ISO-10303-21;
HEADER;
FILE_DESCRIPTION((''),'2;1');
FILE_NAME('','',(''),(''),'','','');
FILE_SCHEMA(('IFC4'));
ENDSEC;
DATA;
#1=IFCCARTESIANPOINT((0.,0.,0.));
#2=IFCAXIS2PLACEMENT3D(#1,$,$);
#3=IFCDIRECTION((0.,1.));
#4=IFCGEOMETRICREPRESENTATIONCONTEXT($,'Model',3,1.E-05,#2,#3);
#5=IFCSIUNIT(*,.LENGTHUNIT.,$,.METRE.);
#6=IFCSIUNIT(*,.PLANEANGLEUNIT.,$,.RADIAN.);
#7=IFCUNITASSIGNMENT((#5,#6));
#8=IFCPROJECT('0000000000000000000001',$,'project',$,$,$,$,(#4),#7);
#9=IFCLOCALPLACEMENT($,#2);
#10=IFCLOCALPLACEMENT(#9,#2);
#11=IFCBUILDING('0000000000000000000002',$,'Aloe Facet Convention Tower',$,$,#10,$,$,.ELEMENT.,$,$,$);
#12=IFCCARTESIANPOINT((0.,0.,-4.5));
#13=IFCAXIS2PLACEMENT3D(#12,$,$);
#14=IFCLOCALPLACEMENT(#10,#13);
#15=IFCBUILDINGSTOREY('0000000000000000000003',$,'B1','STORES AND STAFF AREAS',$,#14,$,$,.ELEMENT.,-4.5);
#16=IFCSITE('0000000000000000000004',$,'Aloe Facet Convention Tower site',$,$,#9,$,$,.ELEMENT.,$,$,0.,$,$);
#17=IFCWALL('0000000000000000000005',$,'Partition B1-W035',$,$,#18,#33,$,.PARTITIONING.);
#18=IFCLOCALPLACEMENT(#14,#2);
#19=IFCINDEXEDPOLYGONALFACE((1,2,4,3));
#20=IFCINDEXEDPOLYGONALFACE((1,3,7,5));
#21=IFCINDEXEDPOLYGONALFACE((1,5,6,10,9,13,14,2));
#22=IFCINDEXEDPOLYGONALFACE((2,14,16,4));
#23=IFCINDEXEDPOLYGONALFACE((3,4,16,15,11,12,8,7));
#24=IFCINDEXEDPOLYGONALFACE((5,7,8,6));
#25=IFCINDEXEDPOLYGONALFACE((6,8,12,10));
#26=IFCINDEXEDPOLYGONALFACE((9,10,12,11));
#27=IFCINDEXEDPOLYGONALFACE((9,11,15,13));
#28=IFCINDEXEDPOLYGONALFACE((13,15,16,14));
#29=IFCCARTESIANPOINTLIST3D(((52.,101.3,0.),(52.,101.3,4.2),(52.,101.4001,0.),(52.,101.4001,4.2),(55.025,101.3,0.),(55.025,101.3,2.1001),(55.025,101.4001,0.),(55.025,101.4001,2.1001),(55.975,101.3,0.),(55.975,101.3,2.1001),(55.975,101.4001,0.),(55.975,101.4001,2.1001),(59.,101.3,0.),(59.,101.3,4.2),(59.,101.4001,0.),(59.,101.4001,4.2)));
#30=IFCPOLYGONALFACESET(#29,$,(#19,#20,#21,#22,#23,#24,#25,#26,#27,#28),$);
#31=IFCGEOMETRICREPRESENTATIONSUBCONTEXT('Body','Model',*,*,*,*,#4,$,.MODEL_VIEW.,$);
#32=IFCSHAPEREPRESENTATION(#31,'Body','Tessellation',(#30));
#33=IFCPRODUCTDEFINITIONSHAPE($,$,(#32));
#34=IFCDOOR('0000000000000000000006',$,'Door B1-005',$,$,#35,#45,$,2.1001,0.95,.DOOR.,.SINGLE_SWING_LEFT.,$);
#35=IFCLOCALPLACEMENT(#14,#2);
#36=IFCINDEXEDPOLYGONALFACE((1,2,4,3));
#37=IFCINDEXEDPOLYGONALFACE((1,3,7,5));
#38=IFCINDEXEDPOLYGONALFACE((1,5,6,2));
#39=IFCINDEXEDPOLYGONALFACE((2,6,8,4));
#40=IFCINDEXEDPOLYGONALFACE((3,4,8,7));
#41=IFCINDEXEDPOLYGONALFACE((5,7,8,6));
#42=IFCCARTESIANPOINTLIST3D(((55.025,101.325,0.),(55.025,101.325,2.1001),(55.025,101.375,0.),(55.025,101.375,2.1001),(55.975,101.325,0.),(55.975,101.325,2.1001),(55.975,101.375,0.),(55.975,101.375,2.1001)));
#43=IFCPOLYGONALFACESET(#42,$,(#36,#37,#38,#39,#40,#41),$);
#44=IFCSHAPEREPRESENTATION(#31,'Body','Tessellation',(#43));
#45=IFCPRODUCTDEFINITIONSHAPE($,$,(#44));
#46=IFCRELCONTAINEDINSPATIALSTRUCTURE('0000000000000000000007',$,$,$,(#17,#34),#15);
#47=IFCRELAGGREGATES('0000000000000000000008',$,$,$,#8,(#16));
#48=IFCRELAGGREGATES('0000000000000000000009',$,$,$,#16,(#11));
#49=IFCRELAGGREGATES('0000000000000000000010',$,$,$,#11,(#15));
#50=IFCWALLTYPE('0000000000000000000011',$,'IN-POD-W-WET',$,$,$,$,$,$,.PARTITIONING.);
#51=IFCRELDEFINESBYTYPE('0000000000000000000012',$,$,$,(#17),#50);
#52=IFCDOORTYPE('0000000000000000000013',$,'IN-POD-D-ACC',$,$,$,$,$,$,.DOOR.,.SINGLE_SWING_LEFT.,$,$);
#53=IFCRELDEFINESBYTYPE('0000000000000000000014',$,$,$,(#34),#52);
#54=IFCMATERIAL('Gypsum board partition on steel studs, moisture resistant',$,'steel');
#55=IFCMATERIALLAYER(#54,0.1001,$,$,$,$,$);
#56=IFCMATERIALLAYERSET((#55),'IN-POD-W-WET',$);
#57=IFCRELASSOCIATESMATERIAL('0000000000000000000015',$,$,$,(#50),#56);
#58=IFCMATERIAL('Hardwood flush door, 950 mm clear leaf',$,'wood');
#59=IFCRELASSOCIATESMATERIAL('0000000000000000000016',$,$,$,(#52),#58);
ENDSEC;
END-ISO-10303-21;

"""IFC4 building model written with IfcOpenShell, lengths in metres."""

from ifc_helpers import new_model, si_unit, direction, frame, frame_2d, origin, place, context, subcontext, project, spatial, rectangle, extrude, material, layer, layer_set, type_object, element, fill, save


model = new_model("IFC4")

# Units and contexts
model_context = context("Model", 3, precision=1e-05, world=origin(), true_north=direction((0.0, 1.0)))
body_context = subcontext(model_context, "Body", "Model", "MODEL_VIEW")
ifc_project = project(units=[si_unit("LENGTHUNIT", "METRE"), si_unit("PLANEANGLEUNIT", "RADIAN")], contexts=[model_context])

# Site, building, storey
site_placement = place(None, origin())
site = spatial("IfcSite", under=ifc_project, at=site_placement, Name="Aloe Facet Convention Tower site", CompositionType="ELEMENT", RefElevation=0.0)
building_placement = place(site_placement, origin())
building = spatial("IfcBuilding", under=site, at=building_placement, Name="Aloe Facet Convention Tower", CompositionType="ELEMENT")
storey_placement = place(building_placement, frame((0.0, 0.0, -4.5)))
storey = spatial("IfcBuildingStorey", under=building, at=storey_placement, Name="B1", Description="STORES AND STAFF AREAS", CompositionType="ELEMENT", Elevation=-4.5)

# Shared definitions
ifc_material_1 = material(Name="Gypsum board partition on steel studs, moisture resistant", Category="steel")
ifc_layer_1 = layer(ifc_material_1, 0.1001)
ifc_layer_set_1 = layer_set([ifc_layer_1], Name="IN-POD-W-WET")
wall_type_1 = type_object("IfcWallType", Name="IN-POD-W-WET", PredefinedType="PARTITIONING", material=ifc_layer_set_1)

# Wall, opening, door
wall_1_placement = place(storey_placement, frame((52.0, 101.3501, 0.0), z_axis=(0.0, 0.0, 1.0), x_axis=(1.0, 0.0, 0.0)))
wall_1 = element("IfcWall", 1, at=wall_1_placement, inside=storey, type_object=wall_type_1, Name="Partition B1-W035", PredefinedType="PARTITIONING", context=body_context, shape_type="SweptSolid", body=[
    extrude(rectangle(XDim=7.0, YDim=0.1001, at=frame_2d((3.5, 0.0))), origin(), (0.0, 0.0, 1.0), 4.2),
])
opening_1_placement = place(wall_1_placement, frame((3.0249, 0.0, 0.0)))
opening_1 = element("IfcOpeningElement", 2, at=opening_1_placement, cuts=wall_1, PredefinedType="OPENING", context=body_context, shape_type="SweptSolid", body=[
    extrude(rectangle(XDim=0.95, YDim=2.1001, at=frame_2d((0.4751, 1.05))), frame((0.0, 0.0601, 0.0), z_axis=(0.0, -1.0, 0.0), x_axis=(1.0, 0.0, 0.0)), (0.0, 0.0, 1.0), 0.1201),
])
ifc_material_2 = material(Name="Hardwood flush door, 950 mm clear leaf", Category="wood")
door_type_1 = type_object("IfcDoorType", Name="IN-POD-D-ACC", OperationType="SINGLE_SWING_LEFT", PredefinedType="DOOR", material=ifc_material_2)
door_1_placement = place(opening_1_placement, origin())
door_1 = element("IfcDoor", 3, at=door_1_placement, inside=storey, type_object=door_type_1, Name="Door B1-005", OperationType="SINGLE_SWING_LEFT", OverallHeight=2.1001, OverallWidth=0.95, PredefinedType="DOOR", context=body_context, shape_type="SweptSolid", body=[
    extrude(rectangle(XDim=0.95, YDim=2.1001, at=frame_2d((0.4751, 1.05))), frame((0.0, 0.0249, 0.0), z_axis=(0.0, -1.0, 0.0), x_axis=(1.0, 0.0, 0.0)), (0.0, 0.0, 1.0), 0.05),
])
fill(opening_1, door_1)

save(model, "model.ifc")
